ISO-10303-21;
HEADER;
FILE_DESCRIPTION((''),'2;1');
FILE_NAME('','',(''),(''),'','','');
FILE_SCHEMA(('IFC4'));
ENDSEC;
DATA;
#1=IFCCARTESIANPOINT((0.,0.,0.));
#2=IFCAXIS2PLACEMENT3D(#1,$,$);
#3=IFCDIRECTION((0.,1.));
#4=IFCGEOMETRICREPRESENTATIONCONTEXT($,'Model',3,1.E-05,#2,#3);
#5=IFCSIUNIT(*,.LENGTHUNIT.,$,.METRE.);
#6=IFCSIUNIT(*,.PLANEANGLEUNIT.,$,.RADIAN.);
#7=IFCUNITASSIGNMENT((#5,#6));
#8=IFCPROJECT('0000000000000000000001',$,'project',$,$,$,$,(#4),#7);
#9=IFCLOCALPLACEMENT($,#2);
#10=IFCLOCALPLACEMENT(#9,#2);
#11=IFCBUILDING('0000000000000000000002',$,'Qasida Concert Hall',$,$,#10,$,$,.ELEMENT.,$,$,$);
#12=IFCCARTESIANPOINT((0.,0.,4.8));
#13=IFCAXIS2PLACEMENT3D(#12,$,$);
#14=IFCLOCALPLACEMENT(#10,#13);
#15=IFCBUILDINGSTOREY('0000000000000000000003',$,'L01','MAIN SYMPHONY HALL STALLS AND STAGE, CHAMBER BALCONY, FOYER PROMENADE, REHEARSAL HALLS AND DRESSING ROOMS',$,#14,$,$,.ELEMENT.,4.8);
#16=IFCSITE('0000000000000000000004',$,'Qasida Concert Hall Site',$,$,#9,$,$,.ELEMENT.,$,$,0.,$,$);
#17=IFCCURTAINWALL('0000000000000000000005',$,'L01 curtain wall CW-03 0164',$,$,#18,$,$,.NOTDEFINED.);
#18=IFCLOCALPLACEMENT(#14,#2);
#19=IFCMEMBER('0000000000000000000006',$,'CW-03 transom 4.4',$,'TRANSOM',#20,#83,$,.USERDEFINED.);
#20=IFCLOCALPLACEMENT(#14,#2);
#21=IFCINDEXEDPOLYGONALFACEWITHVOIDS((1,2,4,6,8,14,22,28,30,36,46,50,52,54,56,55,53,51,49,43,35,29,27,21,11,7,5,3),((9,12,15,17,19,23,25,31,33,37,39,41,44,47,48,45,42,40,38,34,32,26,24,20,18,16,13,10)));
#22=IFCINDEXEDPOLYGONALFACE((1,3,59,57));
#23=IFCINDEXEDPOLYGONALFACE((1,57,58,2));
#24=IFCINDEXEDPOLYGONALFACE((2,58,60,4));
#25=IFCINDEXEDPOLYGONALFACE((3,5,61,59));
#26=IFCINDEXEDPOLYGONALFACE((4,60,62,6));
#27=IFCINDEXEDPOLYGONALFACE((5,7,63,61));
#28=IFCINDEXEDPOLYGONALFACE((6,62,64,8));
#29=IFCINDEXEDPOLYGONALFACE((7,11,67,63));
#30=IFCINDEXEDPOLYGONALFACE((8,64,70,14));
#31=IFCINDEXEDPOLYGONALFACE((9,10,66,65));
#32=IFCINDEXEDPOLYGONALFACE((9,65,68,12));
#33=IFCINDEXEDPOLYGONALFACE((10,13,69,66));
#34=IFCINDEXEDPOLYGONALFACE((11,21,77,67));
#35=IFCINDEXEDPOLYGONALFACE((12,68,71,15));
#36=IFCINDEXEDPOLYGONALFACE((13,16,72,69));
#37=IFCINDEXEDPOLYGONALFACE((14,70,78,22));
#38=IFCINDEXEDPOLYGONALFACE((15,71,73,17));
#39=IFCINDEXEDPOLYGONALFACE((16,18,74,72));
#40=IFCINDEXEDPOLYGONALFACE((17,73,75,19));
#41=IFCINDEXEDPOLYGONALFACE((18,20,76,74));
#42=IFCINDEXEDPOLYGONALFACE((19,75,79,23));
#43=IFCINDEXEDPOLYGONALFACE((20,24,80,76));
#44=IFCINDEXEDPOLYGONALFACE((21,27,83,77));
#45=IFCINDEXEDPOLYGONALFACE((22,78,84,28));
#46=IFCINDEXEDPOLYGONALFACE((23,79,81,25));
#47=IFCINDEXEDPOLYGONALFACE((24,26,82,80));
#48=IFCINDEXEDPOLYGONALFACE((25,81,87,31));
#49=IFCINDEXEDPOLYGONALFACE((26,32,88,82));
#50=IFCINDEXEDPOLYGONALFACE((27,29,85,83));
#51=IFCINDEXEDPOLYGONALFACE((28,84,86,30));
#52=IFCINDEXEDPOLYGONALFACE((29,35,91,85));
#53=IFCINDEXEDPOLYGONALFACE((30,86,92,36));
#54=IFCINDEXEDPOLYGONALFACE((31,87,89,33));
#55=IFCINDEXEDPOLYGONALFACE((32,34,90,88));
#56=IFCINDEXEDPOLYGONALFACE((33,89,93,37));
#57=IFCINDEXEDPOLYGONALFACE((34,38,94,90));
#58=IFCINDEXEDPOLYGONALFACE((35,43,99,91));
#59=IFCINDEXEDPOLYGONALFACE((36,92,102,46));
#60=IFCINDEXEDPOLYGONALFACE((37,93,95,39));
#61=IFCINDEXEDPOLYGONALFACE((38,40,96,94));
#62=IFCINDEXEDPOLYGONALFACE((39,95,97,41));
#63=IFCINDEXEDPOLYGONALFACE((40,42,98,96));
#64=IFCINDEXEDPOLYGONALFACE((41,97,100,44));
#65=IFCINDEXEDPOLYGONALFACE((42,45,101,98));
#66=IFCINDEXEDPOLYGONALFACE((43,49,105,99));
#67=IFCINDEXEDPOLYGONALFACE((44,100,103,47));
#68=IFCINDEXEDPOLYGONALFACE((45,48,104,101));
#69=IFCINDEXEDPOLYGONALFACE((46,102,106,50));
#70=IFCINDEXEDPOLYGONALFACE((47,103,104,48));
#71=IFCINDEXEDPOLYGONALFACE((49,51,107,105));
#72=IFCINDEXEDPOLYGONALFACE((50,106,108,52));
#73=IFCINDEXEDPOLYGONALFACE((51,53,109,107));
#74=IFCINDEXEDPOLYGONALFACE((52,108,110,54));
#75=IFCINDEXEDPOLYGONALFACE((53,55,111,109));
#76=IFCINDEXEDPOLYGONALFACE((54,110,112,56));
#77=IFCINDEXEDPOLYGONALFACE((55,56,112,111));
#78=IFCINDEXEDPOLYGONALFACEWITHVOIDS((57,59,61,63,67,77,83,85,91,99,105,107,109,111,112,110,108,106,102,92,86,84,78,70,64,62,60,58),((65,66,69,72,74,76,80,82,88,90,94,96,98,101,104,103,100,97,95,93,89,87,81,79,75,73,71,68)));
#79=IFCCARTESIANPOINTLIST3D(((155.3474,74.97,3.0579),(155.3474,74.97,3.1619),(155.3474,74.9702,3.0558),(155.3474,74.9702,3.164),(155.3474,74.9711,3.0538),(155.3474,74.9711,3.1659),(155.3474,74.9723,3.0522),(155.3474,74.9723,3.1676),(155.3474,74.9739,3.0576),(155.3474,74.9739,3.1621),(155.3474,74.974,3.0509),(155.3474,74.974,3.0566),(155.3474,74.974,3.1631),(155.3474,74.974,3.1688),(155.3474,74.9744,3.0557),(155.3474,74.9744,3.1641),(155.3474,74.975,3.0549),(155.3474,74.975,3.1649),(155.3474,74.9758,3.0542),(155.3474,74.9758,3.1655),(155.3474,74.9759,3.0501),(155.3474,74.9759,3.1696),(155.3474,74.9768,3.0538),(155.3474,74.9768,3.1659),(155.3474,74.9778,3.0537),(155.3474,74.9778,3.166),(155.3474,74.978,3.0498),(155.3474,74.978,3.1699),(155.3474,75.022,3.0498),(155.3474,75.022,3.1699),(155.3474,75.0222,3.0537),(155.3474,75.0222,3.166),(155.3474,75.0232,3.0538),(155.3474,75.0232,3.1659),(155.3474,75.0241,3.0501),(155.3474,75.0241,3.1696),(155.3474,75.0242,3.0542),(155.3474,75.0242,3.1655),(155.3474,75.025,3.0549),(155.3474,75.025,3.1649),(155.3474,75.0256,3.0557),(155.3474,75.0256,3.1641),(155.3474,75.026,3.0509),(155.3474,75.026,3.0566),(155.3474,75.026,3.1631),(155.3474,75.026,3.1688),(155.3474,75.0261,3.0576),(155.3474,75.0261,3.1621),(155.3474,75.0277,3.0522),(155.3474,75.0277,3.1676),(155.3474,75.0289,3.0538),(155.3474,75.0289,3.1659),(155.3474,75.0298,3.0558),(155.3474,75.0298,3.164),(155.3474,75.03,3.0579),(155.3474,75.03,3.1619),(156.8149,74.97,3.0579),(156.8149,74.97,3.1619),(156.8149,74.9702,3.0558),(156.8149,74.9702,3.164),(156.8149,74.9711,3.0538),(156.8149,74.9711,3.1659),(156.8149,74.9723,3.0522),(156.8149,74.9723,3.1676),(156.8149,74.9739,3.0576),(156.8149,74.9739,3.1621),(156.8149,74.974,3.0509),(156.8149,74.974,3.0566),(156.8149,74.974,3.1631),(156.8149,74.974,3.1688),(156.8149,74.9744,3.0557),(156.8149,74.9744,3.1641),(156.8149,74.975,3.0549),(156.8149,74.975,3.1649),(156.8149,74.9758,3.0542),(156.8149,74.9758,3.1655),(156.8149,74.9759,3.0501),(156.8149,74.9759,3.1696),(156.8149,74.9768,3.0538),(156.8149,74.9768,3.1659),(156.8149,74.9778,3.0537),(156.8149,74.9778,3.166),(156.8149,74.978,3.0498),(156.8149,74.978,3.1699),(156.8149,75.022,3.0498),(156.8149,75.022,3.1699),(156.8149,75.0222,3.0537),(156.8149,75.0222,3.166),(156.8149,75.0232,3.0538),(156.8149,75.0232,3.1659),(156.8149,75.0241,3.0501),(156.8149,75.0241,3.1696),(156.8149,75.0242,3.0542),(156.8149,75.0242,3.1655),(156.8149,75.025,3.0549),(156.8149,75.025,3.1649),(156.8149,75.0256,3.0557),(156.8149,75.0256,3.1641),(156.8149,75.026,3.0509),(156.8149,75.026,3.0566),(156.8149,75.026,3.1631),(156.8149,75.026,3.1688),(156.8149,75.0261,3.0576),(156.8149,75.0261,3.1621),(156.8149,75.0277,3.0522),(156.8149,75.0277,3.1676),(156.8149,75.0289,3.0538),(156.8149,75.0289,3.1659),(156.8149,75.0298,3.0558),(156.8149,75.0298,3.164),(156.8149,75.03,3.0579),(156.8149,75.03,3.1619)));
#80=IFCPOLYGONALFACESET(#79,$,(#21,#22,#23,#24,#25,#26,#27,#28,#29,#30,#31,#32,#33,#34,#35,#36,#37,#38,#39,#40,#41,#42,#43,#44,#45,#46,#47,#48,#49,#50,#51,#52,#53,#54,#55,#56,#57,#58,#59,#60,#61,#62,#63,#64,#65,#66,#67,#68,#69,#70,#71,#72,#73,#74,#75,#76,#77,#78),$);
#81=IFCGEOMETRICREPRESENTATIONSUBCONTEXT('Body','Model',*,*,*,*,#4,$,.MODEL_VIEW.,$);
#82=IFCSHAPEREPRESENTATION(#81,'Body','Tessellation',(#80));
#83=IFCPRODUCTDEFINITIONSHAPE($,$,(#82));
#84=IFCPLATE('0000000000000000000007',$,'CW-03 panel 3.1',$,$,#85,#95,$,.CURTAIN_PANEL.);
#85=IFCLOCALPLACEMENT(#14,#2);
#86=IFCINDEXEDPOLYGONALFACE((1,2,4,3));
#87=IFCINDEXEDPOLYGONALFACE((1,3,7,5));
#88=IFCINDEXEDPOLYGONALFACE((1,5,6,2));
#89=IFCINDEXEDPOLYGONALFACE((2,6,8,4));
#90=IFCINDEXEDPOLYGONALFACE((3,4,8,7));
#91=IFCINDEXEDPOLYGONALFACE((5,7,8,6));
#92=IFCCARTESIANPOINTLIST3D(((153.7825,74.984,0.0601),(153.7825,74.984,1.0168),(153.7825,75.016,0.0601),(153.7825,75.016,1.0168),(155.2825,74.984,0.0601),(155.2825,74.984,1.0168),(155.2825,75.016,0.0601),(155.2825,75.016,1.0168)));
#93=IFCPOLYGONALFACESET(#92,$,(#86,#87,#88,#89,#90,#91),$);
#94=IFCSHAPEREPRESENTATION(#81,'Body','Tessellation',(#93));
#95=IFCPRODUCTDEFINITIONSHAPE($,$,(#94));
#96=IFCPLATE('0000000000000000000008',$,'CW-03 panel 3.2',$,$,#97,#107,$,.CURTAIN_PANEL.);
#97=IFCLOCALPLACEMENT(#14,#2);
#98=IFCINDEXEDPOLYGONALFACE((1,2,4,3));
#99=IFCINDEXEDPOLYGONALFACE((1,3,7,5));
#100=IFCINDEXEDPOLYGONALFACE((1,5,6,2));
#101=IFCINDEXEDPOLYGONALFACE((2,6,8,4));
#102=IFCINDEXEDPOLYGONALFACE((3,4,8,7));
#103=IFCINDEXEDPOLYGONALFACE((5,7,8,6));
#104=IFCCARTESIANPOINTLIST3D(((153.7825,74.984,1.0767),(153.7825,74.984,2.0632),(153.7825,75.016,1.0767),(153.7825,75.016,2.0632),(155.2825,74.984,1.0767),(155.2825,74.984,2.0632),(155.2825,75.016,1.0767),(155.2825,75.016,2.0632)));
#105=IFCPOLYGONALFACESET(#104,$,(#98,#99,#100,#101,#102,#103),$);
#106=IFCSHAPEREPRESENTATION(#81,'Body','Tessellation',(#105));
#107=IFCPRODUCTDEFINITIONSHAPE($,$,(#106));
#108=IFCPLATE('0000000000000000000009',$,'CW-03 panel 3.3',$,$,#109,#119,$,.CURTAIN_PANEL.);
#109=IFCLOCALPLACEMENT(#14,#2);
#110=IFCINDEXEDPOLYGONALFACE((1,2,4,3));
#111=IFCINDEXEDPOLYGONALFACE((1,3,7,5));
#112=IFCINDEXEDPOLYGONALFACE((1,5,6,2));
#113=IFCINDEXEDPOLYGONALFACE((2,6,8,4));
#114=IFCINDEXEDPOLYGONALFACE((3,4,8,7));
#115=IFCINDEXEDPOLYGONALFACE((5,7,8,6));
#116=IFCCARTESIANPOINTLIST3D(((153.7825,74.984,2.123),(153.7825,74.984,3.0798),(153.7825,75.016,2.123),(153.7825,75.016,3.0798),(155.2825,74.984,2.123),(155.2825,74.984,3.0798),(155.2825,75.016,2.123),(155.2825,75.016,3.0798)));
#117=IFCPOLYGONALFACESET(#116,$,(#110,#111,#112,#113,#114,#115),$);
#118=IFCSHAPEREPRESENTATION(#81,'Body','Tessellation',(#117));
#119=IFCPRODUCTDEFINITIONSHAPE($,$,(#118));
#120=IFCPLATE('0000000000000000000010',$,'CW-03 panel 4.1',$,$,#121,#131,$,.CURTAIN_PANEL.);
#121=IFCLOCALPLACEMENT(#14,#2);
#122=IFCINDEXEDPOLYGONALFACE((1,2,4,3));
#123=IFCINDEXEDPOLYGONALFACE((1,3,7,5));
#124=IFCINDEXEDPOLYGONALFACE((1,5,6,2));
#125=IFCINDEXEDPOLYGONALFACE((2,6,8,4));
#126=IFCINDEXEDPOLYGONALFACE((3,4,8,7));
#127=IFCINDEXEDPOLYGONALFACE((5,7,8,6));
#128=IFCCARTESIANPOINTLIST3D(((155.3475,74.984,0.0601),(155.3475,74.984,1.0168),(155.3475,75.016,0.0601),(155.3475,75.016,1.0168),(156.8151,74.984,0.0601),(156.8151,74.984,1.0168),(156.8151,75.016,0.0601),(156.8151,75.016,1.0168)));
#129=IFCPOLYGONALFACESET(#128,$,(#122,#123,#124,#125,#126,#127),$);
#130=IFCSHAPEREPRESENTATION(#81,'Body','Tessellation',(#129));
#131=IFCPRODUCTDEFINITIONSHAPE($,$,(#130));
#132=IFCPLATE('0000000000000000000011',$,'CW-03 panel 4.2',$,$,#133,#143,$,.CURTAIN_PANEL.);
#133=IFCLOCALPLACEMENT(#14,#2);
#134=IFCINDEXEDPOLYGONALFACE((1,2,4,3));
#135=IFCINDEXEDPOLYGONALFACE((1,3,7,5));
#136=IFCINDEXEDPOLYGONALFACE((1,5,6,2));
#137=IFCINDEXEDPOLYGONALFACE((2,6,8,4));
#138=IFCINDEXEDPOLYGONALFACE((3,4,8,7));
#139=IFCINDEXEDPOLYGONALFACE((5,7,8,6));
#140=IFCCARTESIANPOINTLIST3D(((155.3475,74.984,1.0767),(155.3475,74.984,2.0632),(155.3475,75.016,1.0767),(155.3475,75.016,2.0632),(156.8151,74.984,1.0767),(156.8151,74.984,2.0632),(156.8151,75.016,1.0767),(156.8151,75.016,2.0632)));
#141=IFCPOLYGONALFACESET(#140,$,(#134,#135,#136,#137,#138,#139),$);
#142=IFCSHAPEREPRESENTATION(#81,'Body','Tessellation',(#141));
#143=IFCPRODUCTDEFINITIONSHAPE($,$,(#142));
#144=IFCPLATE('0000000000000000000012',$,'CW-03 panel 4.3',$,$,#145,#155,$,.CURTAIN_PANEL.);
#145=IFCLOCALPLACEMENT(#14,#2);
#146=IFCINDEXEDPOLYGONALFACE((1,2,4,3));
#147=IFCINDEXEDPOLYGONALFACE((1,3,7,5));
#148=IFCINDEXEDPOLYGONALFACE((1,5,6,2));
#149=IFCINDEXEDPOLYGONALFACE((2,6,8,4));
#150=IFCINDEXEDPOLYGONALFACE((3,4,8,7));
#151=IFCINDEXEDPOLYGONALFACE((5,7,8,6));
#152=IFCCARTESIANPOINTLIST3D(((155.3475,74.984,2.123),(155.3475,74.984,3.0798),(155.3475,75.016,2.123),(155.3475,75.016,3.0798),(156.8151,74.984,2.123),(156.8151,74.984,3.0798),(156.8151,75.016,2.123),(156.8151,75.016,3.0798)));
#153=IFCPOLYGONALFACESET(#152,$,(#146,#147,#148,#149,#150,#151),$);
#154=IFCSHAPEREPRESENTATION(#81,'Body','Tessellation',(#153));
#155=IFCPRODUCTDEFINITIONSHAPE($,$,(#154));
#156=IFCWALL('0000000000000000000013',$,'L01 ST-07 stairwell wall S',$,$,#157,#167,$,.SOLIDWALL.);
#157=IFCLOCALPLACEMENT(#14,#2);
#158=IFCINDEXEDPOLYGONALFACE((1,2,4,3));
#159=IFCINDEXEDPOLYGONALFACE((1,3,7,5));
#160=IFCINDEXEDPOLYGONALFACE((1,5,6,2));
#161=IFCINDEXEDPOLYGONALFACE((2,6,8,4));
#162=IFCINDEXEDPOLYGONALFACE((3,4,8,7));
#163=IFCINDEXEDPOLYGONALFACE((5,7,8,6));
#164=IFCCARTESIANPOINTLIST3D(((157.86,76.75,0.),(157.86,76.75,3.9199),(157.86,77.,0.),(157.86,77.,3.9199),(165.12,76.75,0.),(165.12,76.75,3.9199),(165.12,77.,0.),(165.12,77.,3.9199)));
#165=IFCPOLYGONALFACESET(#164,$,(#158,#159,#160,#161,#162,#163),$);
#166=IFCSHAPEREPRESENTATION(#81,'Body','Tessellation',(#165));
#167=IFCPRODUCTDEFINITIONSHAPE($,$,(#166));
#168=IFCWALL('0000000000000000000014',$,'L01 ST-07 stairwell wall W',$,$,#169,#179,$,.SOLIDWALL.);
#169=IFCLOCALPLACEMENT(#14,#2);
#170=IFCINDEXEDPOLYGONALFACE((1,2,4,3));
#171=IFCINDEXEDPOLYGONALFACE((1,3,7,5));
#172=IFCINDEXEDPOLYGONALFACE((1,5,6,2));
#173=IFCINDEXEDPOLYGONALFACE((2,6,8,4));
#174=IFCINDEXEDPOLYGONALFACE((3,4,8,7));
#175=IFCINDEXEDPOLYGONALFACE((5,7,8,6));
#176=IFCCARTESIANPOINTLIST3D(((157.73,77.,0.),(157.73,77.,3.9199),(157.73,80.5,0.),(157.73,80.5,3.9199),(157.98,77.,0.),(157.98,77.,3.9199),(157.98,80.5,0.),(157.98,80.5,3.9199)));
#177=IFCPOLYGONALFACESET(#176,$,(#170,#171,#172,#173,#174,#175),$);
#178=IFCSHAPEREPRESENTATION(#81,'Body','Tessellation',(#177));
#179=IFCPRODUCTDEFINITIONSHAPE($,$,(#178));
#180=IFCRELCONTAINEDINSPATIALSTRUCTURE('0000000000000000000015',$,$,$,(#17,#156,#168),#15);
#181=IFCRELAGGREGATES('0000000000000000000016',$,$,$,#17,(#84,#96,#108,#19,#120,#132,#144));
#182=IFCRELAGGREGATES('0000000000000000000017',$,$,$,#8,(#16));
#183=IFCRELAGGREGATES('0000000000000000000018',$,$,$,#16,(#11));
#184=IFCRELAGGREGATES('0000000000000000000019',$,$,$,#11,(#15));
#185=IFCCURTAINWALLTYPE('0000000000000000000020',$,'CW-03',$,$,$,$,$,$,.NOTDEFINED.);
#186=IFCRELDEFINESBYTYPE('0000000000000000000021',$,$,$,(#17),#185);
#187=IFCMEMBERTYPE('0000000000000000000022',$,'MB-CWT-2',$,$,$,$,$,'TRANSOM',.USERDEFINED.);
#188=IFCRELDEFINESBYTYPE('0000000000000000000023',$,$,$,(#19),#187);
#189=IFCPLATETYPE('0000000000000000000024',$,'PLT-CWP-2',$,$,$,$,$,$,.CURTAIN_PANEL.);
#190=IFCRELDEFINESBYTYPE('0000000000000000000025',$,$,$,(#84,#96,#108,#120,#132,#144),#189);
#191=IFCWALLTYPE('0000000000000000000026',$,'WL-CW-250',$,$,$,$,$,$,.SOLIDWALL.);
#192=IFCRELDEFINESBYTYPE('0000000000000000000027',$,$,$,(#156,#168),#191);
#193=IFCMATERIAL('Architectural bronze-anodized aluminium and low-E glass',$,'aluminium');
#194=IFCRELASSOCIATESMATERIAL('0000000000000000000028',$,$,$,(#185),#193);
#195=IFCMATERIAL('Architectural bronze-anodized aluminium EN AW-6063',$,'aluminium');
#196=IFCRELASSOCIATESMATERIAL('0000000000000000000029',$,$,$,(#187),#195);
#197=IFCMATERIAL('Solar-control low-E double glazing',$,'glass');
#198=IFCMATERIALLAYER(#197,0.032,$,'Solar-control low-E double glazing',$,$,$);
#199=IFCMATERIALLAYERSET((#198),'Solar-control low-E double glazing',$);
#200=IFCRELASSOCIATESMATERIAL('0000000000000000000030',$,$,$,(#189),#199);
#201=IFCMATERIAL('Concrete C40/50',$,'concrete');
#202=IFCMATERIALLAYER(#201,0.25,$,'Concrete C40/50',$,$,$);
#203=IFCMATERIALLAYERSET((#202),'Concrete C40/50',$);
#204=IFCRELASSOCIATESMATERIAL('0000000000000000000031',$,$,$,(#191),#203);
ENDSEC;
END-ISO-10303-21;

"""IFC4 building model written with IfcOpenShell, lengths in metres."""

from ifc_helpers import new_model, si_unit, direction, frame, frame_2d, origin, origin_2d, place, context, subcontext, project, spatial, rectangle, hollow_rectangle, extrude, material, layer, layer_set, material_profile, profile_set, type_object, element, aggregate, save


model = new_model("IFC4")

# Units and contexts
model_context = context("Model", 3, precision=1e-05, world=origin(), true_north=direction((0.0, 1.0)))
body_context = subcontext(model_context, "Body", "Model", "MODEL_VIEW")
ifc_project = project(units=[si_unit("LENGTHUNIT", "METRE"), si_unit("PLANEANGLEUNIT", "RADIAN")], contexts=[model_context])

# Site, building, storey
site_placement = place(None, origin())
site = spatial("IfcSite", under=ifc_project, at=site_placement, Name="Qasida Concert Hall Site", CompositionType="ELEMENT", RefElevation=0.0)
building_placement = place(site_placement, origin())
building = spatial("IfcBuilding", under=site, at=building_placement, Name="Qasida Concert Hall", CompositionType="ELEMENT")
storey_placement = place(building_placement, frame((0.0, 0.0, 4.8)))
storey = spatial("IfcBuildingStorey", under=building, at=storey_placement, Name="L01", Description="MAIN SYMPHONY HALL STALLS AND STAGE, CHAMBER BALCONY, FOYER PROMENADE, REHEARSAL HALLS AND DRESSING ROOMS", CompositionType="ELEMENT", Elevation=4.8)

# Shared definitions
ifc_material_1 = material(Name="Concrete C40/50", Category="concrete")

# Curtain wall, member, plates
ifc_material_2 = material(Name="Architectural bronze-anodized aluminium and low-E glass", Category="aluminium")
curtain_wall_type = type_object("IfcCurtainWallType", Name="CW-03", PredefinedType="NOTDEFINED", material=ifc_material_2)
curtain_wall_placement = place(storey_placement, origin())
curtain_wall = element("IfcCurtainWall", 1, at=curtain_wall_placement, inside=storey, type_object=curtain_wall_type, Name="L01 curtain wall CW-03 0164", PredefinedType="NOTDEFINED")
ifc_material_3 = material(Name="Architectural bronze-anodized aluminium EN AW-6063", Category="aluminium")
ifc_material_profile_1 = material_profile(ifc_material_3, hollow_rectangle(XDim=0.0601, YDim=0.1201, WallThickness=0.0039, InnerFilletRadius=0.0039, OuterFilletRadius=0.0081, at=origin_2d()), Name="CWT 120x60x4")
ifc_profile_set_1 = profile_set([ifc_material_profile_1], Name="Architectural bronze-anodized aluminium EN AW-6063")
member_type_1 = type_object("IfcMemberType", Name="MB-CWT-2", ElementType="TRANSOM", PredefinedType="USERDEFINED", material=ifc_profile_set_1)
member_1_placement = place(storey_placement, frame((155.3474, 75.0, 3.1099), z_axis=(1.0, 0.0, 0.0), x_axis=(0.0, 1.0, 0.0)))
member_1 = element("IfcMember", 2, at=member_1_placement, type_object=member_type_1, Name="CW-03 transom 4.4", ObjectType="TRANSOM", PredefinedType="USERDEFINED", context=body_context, shape_type="SweptSolid", body=[
    extrude(hollow_rectangle(XDim=0.0601, YDim=0.1201, WallThickness=0.0039, InnerFilletRadius=0.0039, OuterFilletRadius=0.0081, at=origin_2d()), origin(), (0.0, 0.0, 1.0), 1.4675),
])
ifc_material_4 = material(Name="Solar-control low-E double glazing", Category="glass")
ifc_layer_1 = layer(ifc_material_4, 0.032, Name="Solar-control low-E double glazing")
ifc_layer_set_1 = layer_set([ifc_layer_1], Name="Solar-control low-E double glazing")
plate_type = type_object("IfcPlateType", Name="PLT-CWP-2", PredefinedType="CURTAIN_PANEL", material=ifc_layer_set_1)
plate_1_placement = place(storey_placement, frame((154.5325, 75.0, 0.0601), z_axis=(0.0, 0.0, 1.0), x_axis=(1.0, 0.0, 0.0)))
plate_1 = element("IfcPlate", 3, at=plate_1_placement, type_object=plate_type, Name="CW-03 panel 3.1", PredefinedType="CURTAIN_PANEL", context=body_context, shape_type="SweptSolid", body=[
    extrude(rectangle(XDim=1.5, YDim=0.032, at=origin_2d()), origin(), (0.0, 0.0, 1.0), 0.9568),
])
plate_2_placement = place(storey_placement, frame((154.5325, 75.0, 1.0767), z_axis=(0.0, 0.0, 1.0), x_axis=(1.0, 0.0, 0.0)))
plate_2 = element("IfcPlate", 4, at=plate_2_placement, type_object=plate_type, Name="CW-03 panel 3.2", PredefinedType="CURTAIN_PANEL", context=body_context, shape_type="SweptSolid", body=[
    extrude(rectangle(XDim=1.5, YDim=0.032, at=origin_2d()), origin(), (0.0, 0.0, 1.0), 0.9866),
])
plate_3_placement = place(storey_placement, frame((154.5325, 75.0, 2.123), z_axis=(0.0, 0.0, 1.0), x_axis=(1.0, 0.0, 0.0)))
plate_3 = element("IfcPlate", 5, at=plate_3_placement, type_object=plate_type, Name="CW-03 panel 3.3", PredefinedType="CURTAIN_PANEL", context=body_context, shape_type="SweptSolid", body=[
    extrude(rectangle(XDim=1.5, YDim=0.032, at=origin_2d()), origin(), (0.0, 0.0, 1.0), 0.9568),
])
plate_4_placement = place(storey_placement, frame((156.0813, 75.0, 0.0601), z_axis=(0.0, 0.0, 1.0), x_axis=(1.0, 0.0, 0.0)))
plate_4 = element("IfcPlate", 6, at=plate_4_placement, type_object=plate_type, Name="CW-03 panel 4.1", PredefinedType="CURTAIN_PANEL", context=body_context, shape_type="SweptSolid", body=[
    extrude(rectangle(XDim=1.4675, YDim=0.032, at=origin_2d()), origin(), (0.0, 0.0, 1.0), 0.9568),
])
plate_5_placement = place(storey_placement, frame((156.0813, 75.0, 1.0767), z_axis=(0.0, 0.0, 1.0), x_axis=(1.0, 0.0, 0.0)))
plate_5 = element("IfcPlate", 7, at=plate_5_placement, type_object=plate_type, Name="CW-03 panel 4.2", PredefinedType="CURTAIN_PANEL", context=body_context, shape_type="SweptSolid", body=[
    extrude(rectangle(XDim=1.4675, YDim=0.032, at=origin_2d()), origin(), (0.0, 0.0, 1.0), 0.9866),
])
plate_6_placement = place(storey_placement, frame((156.0813, 75.0, 2.123), z_axis=(0.0, 0.0, 1.0), x_axis=(1.0, 0.0, 0.0)))
plate_6 = element("IfcPlate", 8, at=plate_6_placement, type_object=plate_type, Name="CW-03 panel 4.3", PredefinedType="CURTAIN_PANEL", context=body_context, shape_type="SweptSolid", body=[
    extrude(rectangle(XDim=1.4675, YDim=0.032, at=origin_2d()), origin(), (0.0, 0.0, 1.0), 0.9568),
])
aggregate(curtain_wall, [plate_1, plate_2, plate_3, member_1, plate_4, plate_5, plate_6])

# Walls
ifc_layer_2 = layer(ifc_material_1, 0.25, Name="Concrete C40/50")
ifc_layer_set_2 = layer_set([ifc_layer_2], Name="Concrete C40/50")
wall_type_1 = type_object("IfcWallType", Name="WL-CW-250", PredefinedType="SOLIDWALL", material=ifc_layer_set_2)
wall_1_placement = place(storey_placement, frame((157.8601, 76.875, 0.0), z_axis=(0.0, 0.0, 1.0), x_axis=(1.0, 0.0, 0.0)))
element("IfcWall", 9, at=wall_1_placement, inside=storey, type_object=wall_type_1, Name="L01 ST-07 stairwell wall S", PredefinedType="SOLIDWALL", context=body_context, shape_type="SweptSolid", body=[
    extrude(rectangle(XDim=7.26, YDim=0.25, at=frame_2d((3.6299, 0.0))), origin(), (0.0, 0.0, 1.0), 3.9199),
])
wall_2_placement = place(storey_placement, frame((157.855, 77.0, 0.0), z_axis=(0.0, 0.0, 1.0), x_axis=(0.0, 1.0, 0.0)))
element("IfcWall", 10, at=wall_2_placement, inside=storey, type_object=wall_type_1, Name="L01 ST-07 stairwell wall W", PredefinedType="SOLIDWALL", context=body_context, shape_type="SweptSolid", body=[
    extrude(rectangle(XDim=3.5, YDim=0.25, at=frame_2d((1.75, 0.0))), origin(), (0.0, 0.0, 1.0), 3.9199),
])

save(model, "model.ifc")
